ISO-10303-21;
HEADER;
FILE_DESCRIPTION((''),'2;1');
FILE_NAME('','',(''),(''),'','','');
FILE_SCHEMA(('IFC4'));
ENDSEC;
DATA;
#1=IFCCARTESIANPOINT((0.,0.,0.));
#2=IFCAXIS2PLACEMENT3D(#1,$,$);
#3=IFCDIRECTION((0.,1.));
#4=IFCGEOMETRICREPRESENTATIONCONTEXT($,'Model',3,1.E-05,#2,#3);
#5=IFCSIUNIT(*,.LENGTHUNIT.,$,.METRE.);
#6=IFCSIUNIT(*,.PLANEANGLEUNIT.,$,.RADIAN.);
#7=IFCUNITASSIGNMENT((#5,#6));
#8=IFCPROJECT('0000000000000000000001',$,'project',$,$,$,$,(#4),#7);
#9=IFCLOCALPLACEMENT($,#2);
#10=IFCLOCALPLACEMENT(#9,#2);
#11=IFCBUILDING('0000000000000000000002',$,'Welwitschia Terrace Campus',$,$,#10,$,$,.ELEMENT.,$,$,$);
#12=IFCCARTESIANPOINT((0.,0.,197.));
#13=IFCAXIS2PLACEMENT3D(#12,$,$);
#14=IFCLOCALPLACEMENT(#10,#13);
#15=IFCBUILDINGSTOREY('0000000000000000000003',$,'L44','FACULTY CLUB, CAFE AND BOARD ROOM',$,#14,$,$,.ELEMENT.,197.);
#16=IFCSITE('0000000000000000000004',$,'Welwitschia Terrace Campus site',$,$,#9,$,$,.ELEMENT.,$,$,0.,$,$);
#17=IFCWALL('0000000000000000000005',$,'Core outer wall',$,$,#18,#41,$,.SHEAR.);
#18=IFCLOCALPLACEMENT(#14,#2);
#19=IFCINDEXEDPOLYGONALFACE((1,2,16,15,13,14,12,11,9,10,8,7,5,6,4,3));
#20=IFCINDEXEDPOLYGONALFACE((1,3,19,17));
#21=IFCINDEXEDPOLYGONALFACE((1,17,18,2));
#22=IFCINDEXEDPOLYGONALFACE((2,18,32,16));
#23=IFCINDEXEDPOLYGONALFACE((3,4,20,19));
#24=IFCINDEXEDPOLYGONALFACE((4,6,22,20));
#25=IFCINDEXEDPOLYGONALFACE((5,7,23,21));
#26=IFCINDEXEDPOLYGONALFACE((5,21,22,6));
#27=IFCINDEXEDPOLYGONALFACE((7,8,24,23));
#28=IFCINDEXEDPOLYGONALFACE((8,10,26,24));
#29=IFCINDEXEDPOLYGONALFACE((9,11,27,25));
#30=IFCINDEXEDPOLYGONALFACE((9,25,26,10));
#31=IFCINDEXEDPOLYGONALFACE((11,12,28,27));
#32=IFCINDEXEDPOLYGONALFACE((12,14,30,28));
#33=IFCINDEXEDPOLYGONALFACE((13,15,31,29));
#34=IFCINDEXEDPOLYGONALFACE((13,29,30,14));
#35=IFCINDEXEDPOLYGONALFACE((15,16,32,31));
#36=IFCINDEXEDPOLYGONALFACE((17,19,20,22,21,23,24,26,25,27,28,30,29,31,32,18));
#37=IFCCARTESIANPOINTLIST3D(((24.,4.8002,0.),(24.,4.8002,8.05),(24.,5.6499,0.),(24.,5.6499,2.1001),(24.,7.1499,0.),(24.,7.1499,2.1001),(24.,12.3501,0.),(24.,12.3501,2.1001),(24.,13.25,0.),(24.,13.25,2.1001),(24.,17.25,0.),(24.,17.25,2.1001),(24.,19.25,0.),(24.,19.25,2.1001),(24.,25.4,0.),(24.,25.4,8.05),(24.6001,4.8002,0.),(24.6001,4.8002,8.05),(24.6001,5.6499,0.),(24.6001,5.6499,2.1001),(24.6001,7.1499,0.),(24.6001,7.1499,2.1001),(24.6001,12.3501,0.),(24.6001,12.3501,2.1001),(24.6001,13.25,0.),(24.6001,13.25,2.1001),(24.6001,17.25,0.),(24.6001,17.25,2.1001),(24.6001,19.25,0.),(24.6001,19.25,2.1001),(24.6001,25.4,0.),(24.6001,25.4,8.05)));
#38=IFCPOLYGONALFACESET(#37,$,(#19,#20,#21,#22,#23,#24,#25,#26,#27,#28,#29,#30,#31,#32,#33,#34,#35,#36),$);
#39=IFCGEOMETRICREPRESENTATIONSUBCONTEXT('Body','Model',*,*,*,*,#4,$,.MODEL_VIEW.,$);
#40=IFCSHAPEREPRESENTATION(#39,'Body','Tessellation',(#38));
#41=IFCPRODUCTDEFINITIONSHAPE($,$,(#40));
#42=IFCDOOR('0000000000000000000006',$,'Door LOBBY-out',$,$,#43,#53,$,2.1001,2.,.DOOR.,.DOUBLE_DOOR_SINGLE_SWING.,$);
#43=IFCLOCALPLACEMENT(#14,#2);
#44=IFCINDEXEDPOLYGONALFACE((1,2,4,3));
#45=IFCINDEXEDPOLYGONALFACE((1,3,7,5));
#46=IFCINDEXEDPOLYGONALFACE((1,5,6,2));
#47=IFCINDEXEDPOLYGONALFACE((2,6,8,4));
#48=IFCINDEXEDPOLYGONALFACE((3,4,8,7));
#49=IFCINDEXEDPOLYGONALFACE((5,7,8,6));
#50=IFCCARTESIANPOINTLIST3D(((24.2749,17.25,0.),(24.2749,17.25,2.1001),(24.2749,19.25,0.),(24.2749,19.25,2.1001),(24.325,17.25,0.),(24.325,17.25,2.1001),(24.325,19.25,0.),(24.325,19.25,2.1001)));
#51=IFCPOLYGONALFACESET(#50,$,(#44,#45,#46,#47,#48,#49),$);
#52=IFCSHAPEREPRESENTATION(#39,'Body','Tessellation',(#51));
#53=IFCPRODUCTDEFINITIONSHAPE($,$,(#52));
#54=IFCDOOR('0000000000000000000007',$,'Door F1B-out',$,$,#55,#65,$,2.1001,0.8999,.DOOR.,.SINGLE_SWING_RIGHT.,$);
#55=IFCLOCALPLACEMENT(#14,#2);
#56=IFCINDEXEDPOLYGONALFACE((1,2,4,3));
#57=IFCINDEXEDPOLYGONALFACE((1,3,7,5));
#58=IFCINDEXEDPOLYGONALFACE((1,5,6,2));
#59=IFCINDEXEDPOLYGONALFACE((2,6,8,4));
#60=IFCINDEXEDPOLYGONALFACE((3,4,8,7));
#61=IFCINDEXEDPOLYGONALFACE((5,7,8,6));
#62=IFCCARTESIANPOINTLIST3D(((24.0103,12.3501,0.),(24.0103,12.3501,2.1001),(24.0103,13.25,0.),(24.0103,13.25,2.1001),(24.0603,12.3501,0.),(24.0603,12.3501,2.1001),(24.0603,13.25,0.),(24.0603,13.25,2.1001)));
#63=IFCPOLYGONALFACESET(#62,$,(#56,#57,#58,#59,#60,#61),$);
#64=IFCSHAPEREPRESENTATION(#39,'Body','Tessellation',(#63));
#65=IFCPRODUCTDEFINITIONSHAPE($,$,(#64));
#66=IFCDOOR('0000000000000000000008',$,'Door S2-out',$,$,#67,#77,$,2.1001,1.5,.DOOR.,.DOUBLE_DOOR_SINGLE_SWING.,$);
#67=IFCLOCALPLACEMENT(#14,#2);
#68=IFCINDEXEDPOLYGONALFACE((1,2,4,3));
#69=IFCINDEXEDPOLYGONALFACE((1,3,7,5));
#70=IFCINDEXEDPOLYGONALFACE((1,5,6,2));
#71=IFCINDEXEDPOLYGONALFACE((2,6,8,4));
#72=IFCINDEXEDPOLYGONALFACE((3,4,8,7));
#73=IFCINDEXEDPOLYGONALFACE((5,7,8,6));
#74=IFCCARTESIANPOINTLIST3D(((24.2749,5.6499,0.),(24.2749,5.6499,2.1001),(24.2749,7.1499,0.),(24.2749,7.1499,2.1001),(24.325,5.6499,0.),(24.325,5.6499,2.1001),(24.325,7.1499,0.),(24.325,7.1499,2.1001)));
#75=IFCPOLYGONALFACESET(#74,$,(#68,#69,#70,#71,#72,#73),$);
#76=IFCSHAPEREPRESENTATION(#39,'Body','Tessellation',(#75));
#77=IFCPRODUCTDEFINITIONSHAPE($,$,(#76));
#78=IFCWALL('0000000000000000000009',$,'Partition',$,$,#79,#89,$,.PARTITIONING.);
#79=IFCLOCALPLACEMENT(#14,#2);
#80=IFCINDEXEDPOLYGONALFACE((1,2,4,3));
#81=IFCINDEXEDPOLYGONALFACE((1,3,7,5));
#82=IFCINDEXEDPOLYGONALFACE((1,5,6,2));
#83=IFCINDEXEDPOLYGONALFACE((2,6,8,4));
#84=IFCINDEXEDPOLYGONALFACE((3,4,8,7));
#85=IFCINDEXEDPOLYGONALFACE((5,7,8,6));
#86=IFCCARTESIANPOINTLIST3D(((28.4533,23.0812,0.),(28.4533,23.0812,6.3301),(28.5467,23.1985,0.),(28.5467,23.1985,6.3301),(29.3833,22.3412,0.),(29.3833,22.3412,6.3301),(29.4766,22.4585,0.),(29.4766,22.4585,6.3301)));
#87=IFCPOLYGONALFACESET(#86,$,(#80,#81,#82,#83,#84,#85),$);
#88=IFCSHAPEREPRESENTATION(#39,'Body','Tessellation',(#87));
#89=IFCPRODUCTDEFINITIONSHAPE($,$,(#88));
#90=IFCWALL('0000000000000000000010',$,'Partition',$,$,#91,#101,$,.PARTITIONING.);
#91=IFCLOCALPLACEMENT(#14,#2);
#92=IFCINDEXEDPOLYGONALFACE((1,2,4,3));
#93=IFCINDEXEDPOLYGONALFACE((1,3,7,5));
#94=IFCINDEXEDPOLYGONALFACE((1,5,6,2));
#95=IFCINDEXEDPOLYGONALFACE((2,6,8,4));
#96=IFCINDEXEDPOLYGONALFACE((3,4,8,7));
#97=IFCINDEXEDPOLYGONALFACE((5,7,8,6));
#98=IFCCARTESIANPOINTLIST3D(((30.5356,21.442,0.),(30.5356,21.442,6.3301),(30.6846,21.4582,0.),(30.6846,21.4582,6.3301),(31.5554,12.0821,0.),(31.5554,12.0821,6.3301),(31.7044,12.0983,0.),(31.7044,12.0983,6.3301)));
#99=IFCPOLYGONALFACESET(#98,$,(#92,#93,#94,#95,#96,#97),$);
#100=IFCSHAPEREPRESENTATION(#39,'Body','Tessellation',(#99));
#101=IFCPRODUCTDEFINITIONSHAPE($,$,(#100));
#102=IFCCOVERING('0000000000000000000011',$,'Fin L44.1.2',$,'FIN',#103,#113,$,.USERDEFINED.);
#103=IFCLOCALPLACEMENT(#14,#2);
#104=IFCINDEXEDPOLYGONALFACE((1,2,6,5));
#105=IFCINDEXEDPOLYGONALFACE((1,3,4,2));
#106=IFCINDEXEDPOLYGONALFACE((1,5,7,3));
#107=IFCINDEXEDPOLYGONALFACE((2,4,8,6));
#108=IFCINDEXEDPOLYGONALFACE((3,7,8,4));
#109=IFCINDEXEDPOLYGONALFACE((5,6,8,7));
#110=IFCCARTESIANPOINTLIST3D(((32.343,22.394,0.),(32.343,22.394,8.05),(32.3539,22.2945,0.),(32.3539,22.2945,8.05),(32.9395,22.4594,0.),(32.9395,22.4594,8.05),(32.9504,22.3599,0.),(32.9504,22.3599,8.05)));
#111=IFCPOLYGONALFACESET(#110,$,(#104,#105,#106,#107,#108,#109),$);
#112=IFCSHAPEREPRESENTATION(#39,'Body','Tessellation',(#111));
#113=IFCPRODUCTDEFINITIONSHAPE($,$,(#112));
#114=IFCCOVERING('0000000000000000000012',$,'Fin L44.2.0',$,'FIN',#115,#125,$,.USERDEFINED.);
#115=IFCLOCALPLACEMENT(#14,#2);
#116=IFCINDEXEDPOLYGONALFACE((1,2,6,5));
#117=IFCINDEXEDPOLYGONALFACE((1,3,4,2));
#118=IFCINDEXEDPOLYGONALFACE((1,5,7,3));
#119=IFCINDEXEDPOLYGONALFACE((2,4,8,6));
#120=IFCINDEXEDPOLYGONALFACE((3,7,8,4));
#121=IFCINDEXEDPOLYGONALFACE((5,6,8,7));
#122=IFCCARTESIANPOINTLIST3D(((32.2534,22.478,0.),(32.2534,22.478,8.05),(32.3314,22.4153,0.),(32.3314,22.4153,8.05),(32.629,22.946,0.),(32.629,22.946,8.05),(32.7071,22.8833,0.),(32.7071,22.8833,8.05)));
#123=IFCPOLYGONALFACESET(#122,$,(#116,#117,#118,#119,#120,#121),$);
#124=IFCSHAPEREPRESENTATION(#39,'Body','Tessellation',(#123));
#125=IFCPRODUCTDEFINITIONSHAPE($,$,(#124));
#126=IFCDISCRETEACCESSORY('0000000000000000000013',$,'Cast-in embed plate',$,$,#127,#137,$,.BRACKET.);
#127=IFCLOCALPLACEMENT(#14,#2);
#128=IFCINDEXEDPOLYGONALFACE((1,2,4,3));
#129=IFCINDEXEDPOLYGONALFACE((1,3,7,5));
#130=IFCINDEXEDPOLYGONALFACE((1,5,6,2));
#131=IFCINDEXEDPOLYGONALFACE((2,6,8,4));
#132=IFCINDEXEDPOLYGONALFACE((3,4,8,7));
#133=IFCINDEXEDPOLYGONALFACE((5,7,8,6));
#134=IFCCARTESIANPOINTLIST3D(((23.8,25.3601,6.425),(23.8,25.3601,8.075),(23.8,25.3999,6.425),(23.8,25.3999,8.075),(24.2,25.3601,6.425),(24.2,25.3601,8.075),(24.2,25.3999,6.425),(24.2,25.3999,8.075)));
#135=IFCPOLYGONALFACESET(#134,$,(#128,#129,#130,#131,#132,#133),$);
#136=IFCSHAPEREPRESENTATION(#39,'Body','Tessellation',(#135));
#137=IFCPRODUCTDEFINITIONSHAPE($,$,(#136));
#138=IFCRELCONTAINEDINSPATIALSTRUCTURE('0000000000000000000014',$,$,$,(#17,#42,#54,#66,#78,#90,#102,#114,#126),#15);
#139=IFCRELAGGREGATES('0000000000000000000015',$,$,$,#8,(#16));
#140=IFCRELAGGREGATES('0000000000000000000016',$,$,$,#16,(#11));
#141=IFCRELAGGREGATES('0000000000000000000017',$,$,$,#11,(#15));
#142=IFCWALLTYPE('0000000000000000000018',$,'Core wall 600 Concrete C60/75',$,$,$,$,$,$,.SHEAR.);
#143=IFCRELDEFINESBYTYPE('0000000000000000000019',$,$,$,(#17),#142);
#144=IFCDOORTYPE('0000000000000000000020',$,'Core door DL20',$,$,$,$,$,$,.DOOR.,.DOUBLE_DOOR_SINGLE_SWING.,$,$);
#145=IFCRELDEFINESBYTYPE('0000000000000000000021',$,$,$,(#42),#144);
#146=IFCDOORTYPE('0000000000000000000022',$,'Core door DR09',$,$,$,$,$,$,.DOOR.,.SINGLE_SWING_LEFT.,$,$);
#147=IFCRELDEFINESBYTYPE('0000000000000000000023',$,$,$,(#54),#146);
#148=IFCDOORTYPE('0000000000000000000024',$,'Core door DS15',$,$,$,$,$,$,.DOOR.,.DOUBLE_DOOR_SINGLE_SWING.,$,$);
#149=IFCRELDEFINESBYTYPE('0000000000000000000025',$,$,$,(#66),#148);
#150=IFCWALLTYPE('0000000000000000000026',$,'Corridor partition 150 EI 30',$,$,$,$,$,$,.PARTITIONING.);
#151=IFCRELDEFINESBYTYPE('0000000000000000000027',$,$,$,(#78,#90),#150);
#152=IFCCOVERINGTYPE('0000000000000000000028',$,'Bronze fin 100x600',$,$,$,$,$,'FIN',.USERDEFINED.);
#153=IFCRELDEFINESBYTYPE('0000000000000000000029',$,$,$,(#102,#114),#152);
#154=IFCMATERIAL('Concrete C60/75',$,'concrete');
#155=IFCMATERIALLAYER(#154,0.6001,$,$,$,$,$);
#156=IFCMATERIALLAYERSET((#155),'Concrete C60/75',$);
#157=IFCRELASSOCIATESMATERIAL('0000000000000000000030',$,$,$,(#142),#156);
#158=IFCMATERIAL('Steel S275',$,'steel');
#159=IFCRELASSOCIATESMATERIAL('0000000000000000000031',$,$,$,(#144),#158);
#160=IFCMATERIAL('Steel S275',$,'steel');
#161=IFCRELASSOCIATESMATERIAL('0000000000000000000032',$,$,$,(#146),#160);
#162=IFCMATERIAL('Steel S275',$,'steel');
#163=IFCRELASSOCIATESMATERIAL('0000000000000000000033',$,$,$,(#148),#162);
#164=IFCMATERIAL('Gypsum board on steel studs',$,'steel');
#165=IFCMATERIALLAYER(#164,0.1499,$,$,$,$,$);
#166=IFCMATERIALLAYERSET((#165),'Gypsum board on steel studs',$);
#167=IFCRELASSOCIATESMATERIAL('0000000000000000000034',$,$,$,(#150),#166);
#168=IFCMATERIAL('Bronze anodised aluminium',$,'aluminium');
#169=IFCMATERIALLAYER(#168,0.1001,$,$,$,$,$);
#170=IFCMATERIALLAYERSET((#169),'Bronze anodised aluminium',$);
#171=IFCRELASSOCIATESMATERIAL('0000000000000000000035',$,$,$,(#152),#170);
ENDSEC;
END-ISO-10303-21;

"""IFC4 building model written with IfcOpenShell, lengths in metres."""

from ifc_helpers import new_model, si_unit, direction, frame, frame_2d, origin, origin_2d, place, context, subcontext, project, spatial, rectangle, extrude, material, layer, layer_set, type_object, element, fill, save


model = new_model("IFC4")

# Units and contexts
model_context = context("Model", 3, precision=1e-05, world=origin(), true_north=direction((0.0, 1.0)))
body_context = subcontext(model_context, "Body", "Model", "MODEL_VIEW")
ifc_project = project(units=[si_unit("LENGTHUNIT", "METRE"), si_unit("PLANEANGLEUNIT", "RADIAN")], contexts=[model_context])

# Site, building, storey
site_placement = place(None, origin())
site = spatial("IfcSite", under=ifc_project, at=site_placement, Name="Welwitschia Terrace Campus site", CompositionType="ELEMENT", RefElevation=0.0)
building_placement = place(site_placement, origin())
building = spatial("IfcBuilding", under=site, at=building_placement, Name="Welwitschia Terrace Campus", CompositionType="ELEMENT")
storey_placement = place(building_placement, frame((0.0, 0.0, 197.0)))
storey = spatial("IfcBuildingStorey", under=building, at=storey_placement, Name="L44", Description="FACULTY CLUB, CAFE AND BOARD ROOM", CompositionType="ELEMENT", Elevation=197.0)

# Wall, openings, doors
ifc_material_1 = material(Name="Concrete C60/75", Category="concrete")
ifc_layer_1 = layer(ifc_material_1, 0.6001)
ifc_layer_set_1 = layer_set([ifc_layer_1], Name="Concrete C60/75")
wall_type_1 = type_object("IfcWallType", Name="Core wall 600 Concrete C60/75", PredefinedType="SHEAR", material=ifc_layer_set_1)
wall_1_placement = place(storey_placement, frame((24.3, 25.3999, 0.0), z_axis=(0.0, 0.0, 1.0), x_axis=(0.0, -1.0, 0.0)))
wall_1 = element("IfcWall", 1, at=wall_1_placement, inside=storey, type_object=wall_type_1, Name="Core outer wall", PredefinedType="SHEAR", context=body_context, shape_type="SweptSolid", body=[
    extrude(rectangle(XDim=20.5999, YDim=0.6001, at=frame_2d((10.2998, 0.0))), origin(), (0.0, 0.0, 1.0), 8.05),
])
opening_1_placement = place(wall_1_placement, frame((18.25, 0.0, 0.0)))
opening_1 = element("IfcOpeningElement", 2, at=opening_1_placement, cuts=wall_1, PredefinedType="OPENING", context=body_context, shape_type="SweptSolid", body=[
    extrude(rectangle(XDim=1.5, YDim=2.1001, at=frame_2d((0.75, 1.05))), frame((0.0, 0.3101, 0.0), z_axis=(0.0, -1.0, 0.0), x_axis=(1.0, 0.0, 0.0)), (0.0, 0.0, 1.0), 0.6201),
])
opening_2_placement = place(wall_1_placement, frame((12.1499, 0.0, 0.0)))
opening_2 = element("IfcOpeningElement", 3, at=opening_2_placement, cuts=wall_1, PredefinedType="OPENING", context=body_context, shape_type="SweptSolid", body=[
    extrude(rectangle(XDim=0.8999, YDim=2.1001, at=frame_2d((0.45, 1.05))), frame((0.0, 0.3101, 0.0), z_axis=(0.0, -1.0, 0.0), x_axis=(1.0, 0.0, 0.0)), (0.0, 0.0, 1.0), 0.6201),
])
opening_3_placement = place(wall_1_placement, frame((6.1499, 0.0, 0.0)))
opening_3 = element("IfcOpeningElement", 4, at=opening_3_placement, cuts=wall_1, PredefinedType="OPENING", context=body_context, shape_type="SweptSolid", body=[
    extrude(rectangle(XDim=2.0, YDim=2.1001, at=frame_2d((1.0, 1.05))), frame((0.0, 0.3101, 0.0), z_axis=(0.0, -1.0, 0.0), x_axis=(1.0, 0.0, 0.0)), (0.0, 0.0, 1.0), 0.6201),
])
ifc_material_2 = material(Name="Steel S275", Category="steel")
door_type_1 = type_object("IfcDoorType", Name="Core door DL20", OperationType="DOUBLE_DOOR_SINGLE_SWING", PredefinedType="DOOR", material=ifc_material_2)
door_1_placement = place(opening_3_placement, origin())
door_1 = element("IfcDoor", 5, at=door_1_placement, inside=storey, type_object=door_type_1, Name="Door LOBBY-out", OperationType="DOUBLE_DOOR_SINGLE_SWING", OverallHeight=2.1001, OverallWidth=2.0, PredefinedType="DOOR", context=body_context, shape_type="SweptSolid", body=[
    extrude(rectangle(XDim=2.0, YDim=2.1001, at=frame_2d((1.0, 1.05))), frame((0.0, 0.0249, 0.0), z_axis=(0.0, -1.0, 0.0), x_axis=(1.0, 0.0, 0.0)), (0.0, 0.0, 1.0), 0.05),
])
fill(opening_3, door_1)
ifc_material_3 = material(Name="Steel S275", Category="steel")
door_type_2 = type_object("IfcDoorType", Name="Core door DR09", OperationType="SINGLE_SWING_LEFT", PredefinedType="DOOR", material=ifc_material_3)
door_2_placement = place(opening_2_placement, origin())
door_2 = element("IfcDoor", 6, at=door_2_placement, inside=storey, type_object=door_type_2, Name="Door F1B-out", OperationType="SINGLE_SWING_RIGHT", OverallHeight=2.1001, OverallWidth=0.8999, PredefinedType="DOOR", context=body_context, shape_type="SweptSolid", body=[
    extrude(rectangle(XDim=0.8999, YDim=2.1001, at=frame_2d((0.45, 1.05))), frame((0.0, -0.2397, 0.0), z_axis=(0.0, -1.0, 0.0), x_axis=(1.0, 0.0, 0.0)), (0.0, 0.0, 1.0), 0.05),
])
fill(opening_2, door_2)
ifc_material_4 = material(Name="Steel S275", Category="steel")
door_type_3 = type_object("IfcDoorType", Name="Core door DS15", OperationType="DOUBLE_DOOR_SINGLE_SWING", PredefinedType="DOOR", material=ifc_material_4)
door_3_placement = place(opening_1_placement, origin())
door_3 = element("IfcDoor", 7, at=door_3_placement, inside=storey, type_object=door_type_3, Name="Door S2-out", OperationType="DOUBLE_DOOR_SINGLE_SWING", OverallHeight=2.1001, OverallWidth=1.5, PredefinedType="DOOR", context=body_context, shape_type="SweptSolid", body=[
    extrude(rectangle(XDim=1.5, YDim=2.1001, at=frame_2d((0.75, 1.05))), frame((0.0, 0.0249, 0.0), z_axis=(0.0, -1.0, 0.0), x_axis=(1.0, 0.0, 0.0)), (0.0, 0.0, 1.0), 0.05),
])
fill(opening_1, door_3)

# Walls
ifc_material_5 = material(Name="Gypsum board on steel studs", Category="steel")
ifc_layer_2 = layer(ifc_material_5, 0.1499)
ifc_layer_set_2 = layer_set([ifc_layer_2], Name="Gypsum board on steel studs")
wall_type_2 = type_object("IfcWallType", Name="Corridor partition 150 EI 30", PredefinedType="PARTITIONING", material=ifc_layer_set_2)
wall_2_placement = place(storey_placement, frame((28.5, 23.1399, 0.0), z_axis=(0.0, 0.0, 1.0), x_axis=(0.78249, -0.622664, 0.0)))
element("IfcWall", 8, at=wall_2_placement, inside=storey, type_object=wall_type_2, Name="Partition", PredefinedType="PARTITIONING", context=body_context, shape_type="SweptSolid", body=[
    extrude(rectangle(XDim=1.1885, YDim=0.1499, at=frame_2d((0.5942, 0.0))), origin(), (0.0, 0.0, 1.0), 6.3301),
])
wall_3_placement = place(storey_placement, frame((30.6101, 21.45, 0.0), z_axis=(0.0, 0.0, 1.0), x_axis=(0.108311, -0.994117, 0.0)))
element("IfcWall", 9, at=wall_3_placement, inside=storey, type_object=wall_type_2, Name="Partition", PredefinedType="PARTITIONING", context=body_context, shape_type="SweptSolid", body=[
    extrude(rectangle(XDim=9.4153, YDim=0.1499, at=frame_2d((4.7075, 0.0))), origin(), (0.0, 0.0, 1.0), 6.3301),
])

# Coverings
ifc_material_6 = material(Name="Bronze anodised aluminium", Category="aluminium")
ifc_layer_3 = layer(ifc_material_6, 0.1001)
ifc_layer_set_3 = layer_set([ifc_layer_3], Name="Bronze anodised aluminium")
covering_type = type_object("IfcCoveringType", Name="Bronze fin 100x600", ElementType="FIN", PredefinedType="USERDEFINED", material=ifc_layer_set_3)
for number, where, z_axis, x_axis, name in (
    (10, (32.6467, 22.377, 0.0), (0.0, 0.0, 1.0), (-0.108867, 0.994056, 0.0), "Fin L44.1.2"),
    (11, (32.4802, 22.6807, 0.0), (0.0, 0.0, 1.0), (-0.779884, 0.625923, 0.0), "Fin L44.2.0"),
):
    element("IfcCovering", number, at=place(storey_placement, frame(where, z_axis=z_axis, x_axis=x_axis)), inside=storey, type_object=covering_type, Name=name, ObjectType="FIN", PredefinedType="USERDEFINED", context=body_context, shape_type="SweptSolid", body=[
        extrude(rectangle(XDim=0.1001, YDim=0.6001, at=origin_2d()), origin(), (0.0, 0.0, 1.0), 8.05),
    ])

# Discrete accessory
discrete_accessory_placement = place(storey_placement, frame((24.0, 25.3999, 7.25), z_axis=(0.0, -1.0, 0.0), x_axis=(1.0, 0.0, 0.0)))
element("IfcDiscreteAccessory", 12, at=discrete_accessory_placement, inside=storey, Name="Cast-in embed plate", PredefinedType="BRACKET", context=body_context, shape_type="SweptSolid", body=[
    extrude(rectangle(XDim=0.3999, YDim=1.6499, at=origin_2d()), origin(), (0.0, 0.0, 1.0), 0.0398),
])

save(model, "model.ifc")
